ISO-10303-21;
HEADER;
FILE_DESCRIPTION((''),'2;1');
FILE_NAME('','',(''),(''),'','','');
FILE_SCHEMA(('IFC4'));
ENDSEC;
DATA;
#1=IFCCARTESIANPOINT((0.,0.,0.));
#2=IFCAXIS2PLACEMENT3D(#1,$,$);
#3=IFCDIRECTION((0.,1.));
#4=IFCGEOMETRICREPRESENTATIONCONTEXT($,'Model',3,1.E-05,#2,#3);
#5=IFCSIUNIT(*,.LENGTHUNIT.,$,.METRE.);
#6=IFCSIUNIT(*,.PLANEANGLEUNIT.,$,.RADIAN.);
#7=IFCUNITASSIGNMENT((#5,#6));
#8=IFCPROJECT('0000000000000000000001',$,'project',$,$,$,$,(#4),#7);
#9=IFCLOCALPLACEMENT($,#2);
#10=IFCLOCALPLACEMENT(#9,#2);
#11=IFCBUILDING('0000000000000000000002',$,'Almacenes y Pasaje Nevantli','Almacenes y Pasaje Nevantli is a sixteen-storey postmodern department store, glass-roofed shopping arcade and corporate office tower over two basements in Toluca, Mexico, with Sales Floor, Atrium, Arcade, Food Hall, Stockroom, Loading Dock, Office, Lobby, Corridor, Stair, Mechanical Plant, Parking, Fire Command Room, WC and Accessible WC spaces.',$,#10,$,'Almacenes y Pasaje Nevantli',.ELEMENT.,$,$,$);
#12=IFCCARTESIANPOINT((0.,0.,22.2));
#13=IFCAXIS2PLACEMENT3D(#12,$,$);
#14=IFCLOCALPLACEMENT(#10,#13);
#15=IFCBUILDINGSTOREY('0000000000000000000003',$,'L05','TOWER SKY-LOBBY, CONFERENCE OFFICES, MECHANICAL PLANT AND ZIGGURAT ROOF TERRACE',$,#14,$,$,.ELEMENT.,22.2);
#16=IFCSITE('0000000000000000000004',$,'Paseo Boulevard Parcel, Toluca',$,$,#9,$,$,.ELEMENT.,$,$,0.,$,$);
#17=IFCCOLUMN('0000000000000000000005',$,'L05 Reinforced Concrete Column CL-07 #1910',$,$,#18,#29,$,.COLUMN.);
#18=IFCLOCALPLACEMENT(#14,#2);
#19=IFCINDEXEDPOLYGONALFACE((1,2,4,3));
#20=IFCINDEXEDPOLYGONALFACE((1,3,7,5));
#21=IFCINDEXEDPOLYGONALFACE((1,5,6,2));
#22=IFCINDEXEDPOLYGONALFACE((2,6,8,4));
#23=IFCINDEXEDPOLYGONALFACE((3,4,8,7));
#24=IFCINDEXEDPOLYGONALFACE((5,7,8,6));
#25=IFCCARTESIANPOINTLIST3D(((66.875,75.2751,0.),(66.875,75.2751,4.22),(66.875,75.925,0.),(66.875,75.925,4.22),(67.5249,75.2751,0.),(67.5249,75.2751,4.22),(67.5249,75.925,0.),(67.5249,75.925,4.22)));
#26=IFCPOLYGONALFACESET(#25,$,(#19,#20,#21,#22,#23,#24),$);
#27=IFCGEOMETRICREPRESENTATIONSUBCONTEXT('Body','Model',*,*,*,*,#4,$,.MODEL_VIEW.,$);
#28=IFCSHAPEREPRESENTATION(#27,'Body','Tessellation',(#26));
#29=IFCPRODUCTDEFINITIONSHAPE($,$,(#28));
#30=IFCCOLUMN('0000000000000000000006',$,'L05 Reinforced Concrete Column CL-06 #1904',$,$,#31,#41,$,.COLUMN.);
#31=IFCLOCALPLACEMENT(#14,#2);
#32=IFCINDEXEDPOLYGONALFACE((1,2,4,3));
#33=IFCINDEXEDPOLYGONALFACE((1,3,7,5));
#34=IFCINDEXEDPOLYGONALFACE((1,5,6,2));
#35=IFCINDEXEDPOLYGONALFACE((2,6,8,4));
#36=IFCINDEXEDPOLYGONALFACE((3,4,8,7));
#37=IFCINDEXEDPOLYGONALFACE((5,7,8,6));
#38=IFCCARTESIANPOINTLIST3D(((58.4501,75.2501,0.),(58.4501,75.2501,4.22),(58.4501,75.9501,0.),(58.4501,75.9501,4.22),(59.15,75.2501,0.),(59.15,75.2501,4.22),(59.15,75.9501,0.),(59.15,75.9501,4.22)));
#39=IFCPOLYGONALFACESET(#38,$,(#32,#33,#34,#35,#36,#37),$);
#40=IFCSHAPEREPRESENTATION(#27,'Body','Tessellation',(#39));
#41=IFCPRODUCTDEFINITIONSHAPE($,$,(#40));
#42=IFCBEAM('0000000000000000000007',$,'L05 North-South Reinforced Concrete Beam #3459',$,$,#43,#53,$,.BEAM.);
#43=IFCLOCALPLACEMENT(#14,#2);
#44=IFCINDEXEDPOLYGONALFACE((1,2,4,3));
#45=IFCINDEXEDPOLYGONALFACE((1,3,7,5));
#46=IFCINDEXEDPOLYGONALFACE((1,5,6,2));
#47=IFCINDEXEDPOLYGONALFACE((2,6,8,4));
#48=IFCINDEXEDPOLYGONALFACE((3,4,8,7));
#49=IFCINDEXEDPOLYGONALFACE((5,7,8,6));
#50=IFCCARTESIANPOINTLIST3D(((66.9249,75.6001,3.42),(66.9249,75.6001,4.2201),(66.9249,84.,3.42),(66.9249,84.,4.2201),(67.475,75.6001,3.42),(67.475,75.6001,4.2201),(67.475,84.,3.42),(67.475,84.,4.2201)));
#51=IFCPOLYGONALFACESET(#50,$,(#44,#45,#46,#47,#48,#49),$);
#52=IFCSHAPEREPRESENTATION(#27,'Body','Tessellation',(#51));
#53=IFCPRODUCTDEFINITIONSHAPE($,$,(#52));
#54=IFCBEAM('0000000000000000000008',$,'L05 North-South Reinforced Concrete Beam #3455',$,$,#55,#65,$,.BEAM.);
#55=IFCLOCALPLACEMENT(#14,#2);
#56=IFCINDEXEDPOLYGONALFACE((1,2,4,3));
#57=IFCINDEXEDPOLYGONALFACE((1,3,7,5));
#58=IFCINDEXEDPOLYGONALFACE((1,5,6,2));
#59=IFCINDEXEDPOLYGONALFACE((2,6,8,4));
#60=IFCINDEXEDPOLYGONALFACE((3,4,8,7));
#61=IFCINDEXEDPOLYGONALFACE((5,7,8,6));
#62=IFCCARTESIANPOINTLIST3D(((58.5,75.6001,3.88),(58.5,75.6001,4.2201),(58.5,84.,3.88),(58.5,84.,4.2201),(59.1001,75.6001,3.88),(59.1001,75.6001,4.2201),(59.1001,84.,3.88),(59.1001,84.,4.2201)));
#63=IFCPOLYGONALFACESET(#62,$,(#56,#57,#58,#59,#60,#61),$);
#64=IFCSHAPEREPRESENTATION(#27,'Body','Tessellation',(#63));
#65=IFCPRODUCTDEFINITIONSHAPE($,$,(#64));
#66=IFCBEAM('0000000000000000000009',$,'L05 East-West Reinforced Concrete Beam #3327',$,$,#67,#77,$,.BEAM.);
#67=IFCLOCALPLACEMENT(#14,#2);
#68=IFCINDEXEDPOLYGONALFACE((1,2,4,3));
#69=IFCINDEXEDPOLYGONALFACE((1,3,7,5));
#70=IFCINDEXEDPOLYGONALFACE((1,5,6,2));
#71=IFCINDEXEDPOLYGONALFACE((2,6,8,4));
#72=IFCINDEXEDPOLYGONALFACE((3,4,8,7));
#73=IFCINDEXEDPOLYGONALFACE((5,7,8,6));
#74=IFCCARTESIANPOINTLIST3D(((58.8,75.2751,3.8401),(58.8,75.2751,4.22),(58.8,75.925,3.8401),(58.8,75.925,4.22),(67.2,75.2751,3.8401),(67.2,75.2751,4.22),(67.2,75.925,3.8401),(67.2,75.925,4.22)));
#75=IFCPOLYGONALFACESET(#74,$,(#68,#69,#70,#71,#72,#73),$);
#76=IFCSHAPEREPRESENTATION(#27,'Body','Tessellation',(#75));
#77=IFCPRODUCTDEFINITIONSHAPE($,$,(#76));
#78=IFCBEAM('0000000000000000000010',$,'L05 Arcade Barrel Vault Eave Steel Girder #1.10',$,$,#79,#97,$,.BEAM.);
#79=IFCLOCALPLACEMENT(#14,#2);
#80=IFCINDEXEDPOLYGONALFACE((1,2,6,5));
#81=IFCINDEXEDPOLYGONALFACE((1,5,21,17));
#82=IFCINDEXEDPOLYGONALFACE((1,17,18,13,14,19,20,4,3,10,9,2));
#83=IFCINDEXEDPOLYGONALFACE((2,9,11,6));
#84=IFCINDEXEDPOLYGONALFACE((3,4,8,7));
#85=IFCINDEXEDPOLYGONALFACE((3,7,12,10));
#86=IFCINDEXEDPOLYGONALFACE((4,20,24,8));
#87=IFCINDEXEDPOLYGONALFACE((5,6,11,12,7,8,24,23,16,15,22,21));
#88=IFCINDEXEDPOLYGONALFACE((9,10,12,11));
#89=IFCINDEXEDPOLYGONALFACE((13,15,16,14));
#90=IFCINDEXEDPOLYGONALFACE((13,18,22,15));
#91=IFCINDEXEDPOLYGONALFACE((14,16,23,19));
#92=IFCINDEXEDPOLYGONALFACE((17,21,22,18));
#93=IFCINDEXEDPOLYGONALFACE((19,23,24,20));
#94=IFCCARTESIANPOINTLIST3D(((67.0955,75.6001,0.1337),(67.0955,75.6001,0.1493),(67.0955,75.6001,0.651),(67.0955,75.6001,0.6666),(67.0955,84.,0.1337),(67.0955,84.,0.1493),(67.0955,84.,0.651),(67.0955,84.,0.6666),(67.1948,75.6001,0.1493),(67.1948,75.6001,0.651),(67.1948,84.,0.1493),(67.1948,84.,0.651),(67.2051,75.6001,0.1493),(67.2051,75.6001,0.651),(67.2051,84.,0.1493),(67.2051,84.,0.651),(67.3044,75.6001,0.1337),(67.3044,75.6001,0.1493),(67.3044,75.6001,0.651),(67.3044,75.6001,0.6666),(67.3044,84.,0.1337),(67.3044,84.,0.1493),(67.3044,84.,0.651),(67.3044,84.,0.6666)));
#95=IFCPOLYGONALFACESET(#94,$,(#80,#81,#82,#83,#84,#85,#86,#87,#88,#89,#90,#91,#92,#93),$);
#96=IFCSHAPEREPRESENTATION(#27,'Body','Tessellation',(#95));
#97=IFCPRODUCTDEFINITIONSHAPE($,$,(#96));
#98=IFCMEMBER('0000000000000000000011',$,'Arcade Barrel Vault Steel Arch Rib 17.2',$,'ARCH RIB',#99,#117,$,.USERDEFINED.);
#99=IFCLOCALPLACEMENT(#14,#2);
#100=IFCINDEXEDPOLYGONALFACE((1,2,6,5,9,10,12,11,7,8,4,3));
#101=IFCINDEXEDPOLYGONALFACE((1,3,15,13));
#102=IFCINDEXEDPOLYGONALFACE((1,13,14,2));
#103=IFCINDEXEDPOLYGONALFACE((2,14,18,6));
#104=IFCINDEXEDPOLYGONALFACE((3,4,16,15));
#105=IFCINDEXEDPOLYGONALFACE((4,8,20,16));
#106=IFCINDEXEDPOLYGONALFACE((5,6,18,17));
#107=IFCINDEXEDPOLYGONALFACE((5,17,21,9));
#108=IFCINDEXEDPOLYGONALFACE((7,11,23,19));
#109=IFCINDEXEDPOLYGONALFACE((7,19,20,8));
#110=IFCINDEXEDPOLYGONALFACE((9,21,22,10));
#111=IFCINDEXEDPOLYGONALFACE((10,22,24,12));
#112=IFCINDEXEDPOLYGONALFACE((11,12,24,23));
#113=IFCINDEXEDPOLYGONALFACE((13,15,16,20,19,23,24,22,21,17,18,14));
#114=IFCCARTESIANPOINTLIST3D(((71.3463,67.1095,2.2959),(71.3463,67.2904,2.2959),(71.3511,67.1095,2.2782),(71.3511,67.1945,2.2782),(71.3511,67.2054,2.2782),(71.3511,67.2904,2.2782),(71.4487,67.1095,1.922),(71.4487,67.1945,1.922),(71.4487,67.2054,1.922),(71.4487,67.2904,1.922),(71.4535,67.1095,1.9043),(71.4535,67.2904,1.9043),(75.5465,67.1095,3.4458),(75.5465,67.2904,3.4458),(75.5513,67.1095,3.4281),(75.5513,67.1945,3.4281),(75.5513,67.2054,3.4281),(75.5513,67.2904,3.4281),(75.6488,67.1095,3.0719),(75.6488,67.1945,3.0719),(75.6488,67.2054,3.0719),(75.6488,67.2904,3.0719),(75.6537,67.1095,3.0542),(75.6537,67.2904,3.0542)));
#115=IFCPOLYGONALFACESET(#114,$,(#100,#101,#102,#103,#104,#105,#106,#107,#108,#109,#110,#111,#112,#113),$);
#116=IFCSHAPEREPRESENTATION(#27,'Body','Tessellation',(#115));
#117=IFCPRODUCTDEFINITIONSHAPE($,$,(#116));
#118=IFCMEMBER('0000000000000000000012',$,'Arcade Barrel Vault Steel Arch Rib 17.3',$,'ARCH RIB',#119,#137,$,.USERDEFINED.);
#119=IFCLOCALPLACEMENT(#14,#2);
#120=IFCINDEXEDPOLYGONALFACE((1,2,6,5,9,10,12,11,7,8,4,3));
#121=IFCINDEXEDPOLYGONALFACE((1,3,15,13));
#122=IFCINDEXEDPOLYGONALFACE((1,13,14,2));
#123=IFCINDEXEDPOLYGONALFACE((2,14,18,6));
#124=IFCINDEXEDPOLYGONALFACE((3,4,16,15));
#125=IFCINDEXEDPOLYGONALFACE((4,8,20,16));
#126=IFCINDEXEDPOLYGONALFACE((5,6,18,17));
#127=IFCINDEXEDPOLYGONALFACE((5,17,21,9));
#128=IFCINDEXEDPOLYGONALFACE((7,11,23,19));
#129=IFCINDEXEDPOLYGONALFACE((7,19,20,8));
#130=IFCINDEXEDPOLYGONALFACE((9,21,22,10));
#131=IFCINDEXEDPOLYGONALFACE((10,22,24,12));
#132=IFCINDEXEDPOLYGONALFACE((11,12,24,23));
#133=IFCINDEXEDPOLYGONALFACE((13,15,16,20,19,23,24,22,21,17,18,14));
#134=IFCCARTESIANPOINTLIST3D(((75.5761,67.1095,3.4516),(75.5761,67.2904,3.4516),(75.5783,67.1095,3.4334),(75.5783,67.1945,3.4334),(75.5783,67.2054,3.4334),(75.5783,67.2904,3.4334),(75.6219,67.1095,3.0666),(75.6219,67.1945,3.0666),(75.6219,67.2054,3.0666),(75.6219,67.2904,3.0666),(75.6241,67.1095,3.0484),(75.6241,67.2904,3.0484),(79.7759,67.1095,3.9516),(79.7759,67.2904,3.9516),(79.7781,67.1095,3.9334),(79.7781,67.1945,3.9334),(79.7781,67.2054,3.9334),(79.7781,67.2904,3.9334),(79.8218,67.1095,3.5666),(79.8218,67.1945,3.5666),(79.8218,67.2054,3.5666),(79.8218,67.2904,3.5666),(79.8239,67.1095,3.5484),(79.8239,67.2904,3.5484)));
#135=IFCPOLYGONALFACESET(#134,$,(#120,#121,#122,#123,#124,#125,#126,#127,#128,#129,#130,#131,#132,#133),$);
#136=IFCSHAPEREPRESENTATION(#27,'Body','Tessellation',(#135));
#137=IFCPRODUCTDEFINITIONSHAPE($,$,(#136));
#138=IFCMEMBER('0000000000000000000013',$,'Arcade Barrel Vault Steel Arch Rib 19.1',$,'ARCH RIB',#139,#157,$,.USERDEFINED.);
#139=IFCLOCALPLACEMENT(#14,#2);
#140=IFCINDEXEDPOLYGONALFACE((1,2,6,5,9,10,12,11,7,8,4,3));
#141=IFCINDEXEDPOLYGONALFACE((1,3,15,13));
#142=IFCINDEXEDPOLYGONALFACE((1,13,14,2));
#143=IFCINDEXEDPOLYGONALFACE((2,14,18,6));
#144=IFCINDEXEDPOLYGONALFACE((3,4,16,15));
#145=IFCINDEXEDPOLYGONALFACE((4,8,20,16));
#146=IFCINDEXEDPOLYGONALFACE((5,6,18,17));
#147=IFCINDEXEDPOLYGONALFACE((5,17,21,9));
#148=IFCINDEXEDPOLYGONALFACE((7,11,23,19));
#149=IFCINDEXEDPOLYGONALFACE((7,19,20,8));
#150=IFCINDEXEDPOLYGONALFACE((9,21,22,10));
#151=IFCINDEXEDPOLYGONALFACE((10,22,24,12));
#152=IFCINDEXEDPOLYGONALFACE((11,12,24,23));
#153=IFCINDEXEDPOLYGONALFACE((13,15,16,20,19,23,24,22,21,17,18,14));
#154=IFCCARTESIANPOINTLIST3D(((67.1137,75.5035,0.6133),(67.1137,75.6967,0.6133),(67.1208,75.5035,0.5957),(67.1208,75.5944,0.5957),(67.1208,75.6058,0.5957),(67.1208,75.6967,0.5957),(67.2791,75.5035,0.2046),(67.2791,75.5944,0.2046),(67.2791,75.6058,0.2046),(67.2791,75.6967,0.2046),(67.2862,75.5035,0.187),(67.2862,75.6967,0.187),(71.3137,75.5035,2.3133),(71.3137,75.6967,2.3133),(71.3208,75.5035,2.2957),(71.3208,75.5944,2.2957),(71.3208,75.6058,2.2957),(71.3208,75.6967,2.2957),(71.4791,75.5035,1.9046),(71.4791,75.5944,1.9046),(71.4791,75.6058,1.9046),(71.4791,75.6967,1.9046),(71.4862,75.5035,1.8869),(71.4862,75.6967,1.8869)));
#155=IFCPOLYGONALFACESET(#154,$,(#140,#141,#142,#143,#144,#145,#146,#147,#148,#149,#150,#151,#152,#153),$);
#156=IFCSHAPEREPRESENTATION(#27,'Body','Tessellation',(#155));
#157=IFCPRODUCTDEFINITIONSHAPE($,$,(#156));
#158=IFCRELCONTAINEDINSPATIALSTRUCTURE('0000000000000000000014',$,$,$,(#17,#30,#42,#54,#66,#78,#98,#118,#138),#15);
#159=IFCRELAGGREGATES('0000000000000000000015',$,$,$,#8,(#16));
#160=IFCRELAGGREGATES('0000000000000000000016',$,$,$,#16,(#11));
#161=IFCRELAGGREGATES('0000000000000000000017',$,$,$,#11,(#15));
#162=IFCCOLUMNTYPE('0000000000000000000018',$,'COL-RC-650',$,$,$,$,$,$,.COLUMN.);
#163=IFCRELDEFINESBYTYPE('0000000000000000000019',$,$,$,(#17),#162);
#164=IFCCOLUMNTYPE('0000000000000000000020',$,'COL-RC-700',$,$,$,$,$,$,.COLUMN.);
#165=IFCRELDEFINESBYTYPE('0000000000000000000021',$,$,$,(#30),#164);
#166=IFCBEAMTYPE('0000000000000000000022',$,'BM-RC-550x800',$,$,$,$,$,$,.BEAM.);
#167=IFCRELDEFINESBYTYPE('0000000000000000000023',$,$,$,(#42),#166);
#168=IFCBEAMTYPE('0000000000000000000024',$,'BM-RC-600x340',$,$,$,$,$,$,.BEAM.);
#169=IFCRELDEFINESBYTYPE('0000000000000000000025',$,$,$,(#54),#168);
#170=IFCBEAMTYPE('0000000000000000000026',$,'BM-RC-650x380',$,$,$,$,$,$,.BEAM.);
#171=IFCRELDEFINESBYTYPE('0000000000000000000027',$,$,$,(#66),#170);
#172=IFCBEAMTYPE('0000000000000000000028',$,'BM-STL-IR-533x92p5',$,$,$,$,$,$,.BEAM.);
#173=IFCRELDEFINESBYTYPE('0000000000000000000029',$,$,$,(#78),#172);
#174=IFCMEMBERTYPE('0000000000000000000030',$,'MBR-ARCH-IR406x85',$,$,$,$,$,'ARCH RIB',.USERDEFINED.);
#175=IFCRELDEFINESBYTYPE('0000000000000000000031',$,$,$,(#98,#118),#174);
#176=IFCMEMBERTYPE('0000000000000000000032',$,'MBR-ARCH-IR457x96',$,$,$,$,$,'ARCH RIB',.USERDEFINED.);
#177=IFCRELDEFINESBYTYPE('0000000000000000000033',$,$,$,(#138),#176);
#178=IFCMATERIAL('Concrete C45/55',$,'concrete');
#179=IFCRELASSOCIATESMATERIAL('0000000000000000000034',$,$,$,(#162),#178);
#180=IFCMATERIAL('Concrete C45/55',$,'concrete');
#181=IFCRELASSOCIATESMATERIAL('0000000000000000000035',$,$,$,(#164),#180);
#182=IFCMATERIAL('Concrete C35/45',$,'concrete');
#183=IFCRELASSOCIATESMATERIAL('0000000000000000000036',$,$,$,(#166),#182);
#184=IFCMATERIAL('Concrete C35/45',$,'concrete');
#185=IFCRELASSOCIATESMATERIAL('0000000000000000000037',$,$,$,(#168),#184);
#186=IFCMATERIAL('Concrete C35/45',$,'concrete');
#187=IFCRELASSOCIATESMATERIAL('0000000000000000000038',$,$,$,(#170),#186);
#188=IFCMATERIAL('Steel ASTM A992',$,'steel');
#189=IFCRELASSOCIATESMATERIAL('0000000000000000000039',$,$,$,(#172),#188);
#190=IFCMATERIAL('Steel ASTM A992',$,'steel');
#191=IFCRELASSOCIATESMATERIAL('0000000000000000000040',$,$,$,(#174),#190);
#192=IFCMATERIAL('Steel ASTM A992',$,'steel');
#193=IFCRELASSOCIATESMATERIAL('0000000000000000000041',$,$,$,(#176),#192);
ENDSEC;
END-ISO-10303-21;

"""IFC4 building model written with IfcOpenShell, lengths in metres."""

from ifc_helpers import new_model, si_unit, direction, frame, origin, origin_2d, place, context, subcontext, project, spatial, rectangle, i_section, extrude, material, material_profile, profile_set, type_object, element, save


model = new_model("IFC4")

# Units and contexts
model_context = context("Model", 3, precision=1e-05, world=origin(), true_north=direction((0.0, 1.0)))
body_context = subcontext(model_context, "Body", "Model", "MODEL_VIEW")
ifc_project = project(units=[si_unit("LENGTHUNIT", "METRE"), si_unit("PLANEANGLEUNIT", "RADIAN")], contexts=[model_context])

# Site, building, storey
site_placement = place(None, origin())
site = spatial("IfcSite", under=ifc_project, at=site_placement, Name="Paseo Boulevard Parcel, Toluca", CompositionType="ELEMENT", RefElevation=0.0)
building_placement = place(site_placement, origin())
building = spatial("IfcBuilding", under=site, at=building_placement, Name="Almacenes y Pasaje Nevantli", Description="Almacenes y Pasaje Nevantli is a sixteen-storey postmodern department store, glass-roofed shopping arcade and corporate office tower over two basements in Toluca, Mexico, with Sales Floor, Atrium, Arcade, Food Hall, Stockroom, Loading Dock, Office, Lobby, Corridor, Stair, Mechanical Plant, Parking, Fire Command Room, WC and Accessible WC spaces.", LongName="Almacenes y Pasaje Nevantli", CompositionType="ELEMENT")
storey_placement = place(building_placement, frame((0.0, 0.0, 22.2)))
storey = spatial("IfcBuildingStorey", under=building, at=storey_placement, Name="L05", Description="TOWER SKY-LOBBY, CONFERENCE OFFICES, MECHANICAL PLANT AND ZIGGURAT ROOF TERRACE", CompositionType="ELEMENT", Elevation=22.2)

# Columns
ifc_material_1 = material(Name="Concrete C45/55", Category="concrete")
ifc_material_profile_1 = material_profile(ifc_material_1, rectangle(XDim=0.6499, YDim=0.6499, at=origin_2d()), Name="RC-COL-650x650")
ifc_profile_set_1 = profile_set([ifc_material_profile_1], Name="Concrete C45/55")
column_type_1 = type_object("IfcColumnType", Name="COL-RC-650", PredefinedType="COLUMN", material=ifc_profile_set_1)
column_1_placement = place(storey_placement, frame((67.2, 75.6001, 0.0), z_axis=(0.0, 0.0, 1.0), x_axis=(1.0, 0.0, 0.0)))
element("IfcColumn", 1, at=column_1_placement, inside=storey, type_object=column_type_1, Name="L05 Reinforced Concrete Column CL-07 #1910", PredefinedType="COLUMN", context=body_context, shape_type="SweptSolid", body=[
    extrude(rectangle(XDim=0.6499, YDim=0.6499, at=origin_2d()), origin(), (0.0, 0.0, 1.0), 4.22),
])
ifc_material_2 = material(Name="Concrete C45/55", Category="concrete")
ifc_material_profile_2 = material_profile(ifc_material_2, rectangle(XDim=0.7, YDim=0.7, at=origin_2d()), Name="RC-COL-700x700")
ifc_profile_set_2 = profile_set([ifc_material_profile_2], Name="Concrete C45/55")
column_type_2 = type_object("IfcColumnType", Name="COL-RC-700", PredefinedType="COLUMN", material=ifc_profile_set_2)
column_2_placement = place(storey_placement, frame((58.8, 75.6001, 0.0), z_axis=(0.0, 0.0, 1.0), x_axis=(1.0, 0.0, 0.0)))
element("IfcColumn", 2, at=column_2_placement, inside=storey, type_object=column_type_2, Name="L05 Reinforced Concrete Column CL-06 #1904", PredefinedType="COLUMN", context=body_context, shape_type="SweptSolid", body=[
    extrude(rectangle(XDim=0.7, YDim=0.7, at=origin_2d()), origin(), (0.0, 0.0, 1.0), 4.22),
])

# Beams
ifc_material_3 = material(Name="Concrete C35/45", Category="concrete")
ifc_material_profile_3 = material_profile(ifc_material_3, rectangle(XDim=0.55, YDim=0.8, at=origin_2d()), Name="RC-BM-550x800")
ifc_profile_set_3 = profile_set([ifc_material_profile_3], Name="Concrete C35/45")
beam_type_1 = type_object("IfcBeamType", Name="BM-RC-550x800", PredefinedType="BEAM", material=ifc_profile_set_3)
beam_1_placement = place(storey_placement, frame((67.2, 75.6001, 3.8201), z_axis=(0.0, 1.0, 0.0), x_axis=(-1.0, 0.0, 0.0)))
element("IfcBeam", 3, at=beam_1_placement, inside=storey, type_object=beam_type_1, Name="L05 North-South Reinforced Concrete Beam #3459", PredefinedType="BEAM", context=body_context, shape_type="SweptSolid", body=[
    extrude(rectangle(XDim=0.55, YDim=0.8, at=origin_2d()), origin(), (0.0, 0.0, 1.0), 8.3999),
])
ifc_material_4 = material(Name="Concrete C35/45", Category="concrete")
ifc_material_profile_4 = material_profile(ifc_material_4, rectangle(XDim=0.6001, YDim=0.3401, at=origin_2d()), Name="RC-BM-600x340")
ifc_profile_set_4 = profile_set([ifc_material_profile_4], Name="Concrete C35/45")
beam_type_2 = type_object("IfcBeamType", Name="BM-RC-600x340", PredefinedType="BEAM", material=ifc_profile_set_4)
beam_2_placement = place(storey_placement, frame((58.8, 75.6001, 4.05), z_axis=(0.0, 1.0, 0.0), x_axis=(-1.0, 0.0, 0.0)))
element("IfcBeam", 4, at=beam_2_placement, inside=storey, type_object=beam_type_2, Name="L05 North-South Reinforced Concrete Beam #3455", PredefinedType="BEAM", context=body_context, shape_type="SweptSolid", body=[
    extrude(rectangle(XDim=0.6001, YDim=0.3401, at=origin_2d()), origin(), (0.0, 0.0, 1.0), 8.3999),
])
ifc_material_5 = material(Name="Concrete C35/45", Category="concrete")
ifc_material_profile_5 = material_profile(ifc_material_5, rectangle(XDim=0.6499, YDim=0.3799, at=origin_2d()), Name="RC-BM-650x380")
ifc_profile_set_5 = profile_set([ifc_material_profile_5], Name="Concrete C35/45")
beam_type_3 = type_object("IfcBeamType", Name="BM-RC-650x380", PredefinedType="BEAM", material=ifc_profile_set_5)
beam_3_placement = place(storey_placement, frame((58.8, 75.6001, 4.03), z_axis=(1.0, 0.0, 0.0), x_axis=(0.0, 1.0, 0.0)))
element("IfcBeam", 5, at=beam_3_placement, inside=storey, type_object=beam_type_3, Name="L05 East-West Reinforced Concrete Beam #3327", PredefinedType="BEAM", context=body_context, shape_type="SweptSolid", body=[
    extrude(rectangle(XDim=0.6499, YDim=0.3799, at=origin_2d()), origin(), (0.0, 0.0, 1.0), 8.3999),
])
ifc_material_6 = material(Name="Steel ASTM A992", Category="steel")
ifc_material_profile_6 = material_profile(ifc_material_6, i_section(OverallWidth=0.209, OverallDepth=0.533, WebThickness=0.0103, FlangeThickness=0.0156, at=origin_2d()), Name="IR 533x92.5")
ifc_profile_set_6 = profile_set([ifc_material_profile_6], Name="Steel ASTM A992")
beam_type_4 = type_object("IfcBeamType", Name="BM-STL-IR-533x92p5", PredefinedType="BEAM", material=ifc_profile_set_6)
beam_4_placement = place(storey_placement, frame((67.2, 75.6001, 0.4001), z_axis=(0.0, 1.0, 0.0), x_axis=(-1.0, 0.0, 0.0)))
element("IfcBeam", 6, at=beam_4_placement, inside=storey, type_object=beam_type_4, Name="L05 Arcade Barrel Vault Eave Steel Girder #1.10", PredefinedType="BEAM", context=body_context, shape_type="SweptSolid", body=[
    extrude(i_section(OverallWidth=0.209, OverallDepth=0.533, WebThickness=0.0103, FlangeThickness=0.0156, at=origin_2d()), origin(), (0.0, 0.0, 1.0), 8.3999),
])

# Members
ifc_material_7 = material(Name="Steel ASTM A992", Category="steel")
ifc_material_profile_7 = material_profile(ifc_material_7, i_section(OverallWidth=0.1809, OverallDepth=0.406, WebThickness=0.011, FlangeThickness=0.0183, at=origin_2d()), Name="IR 406x85.0")
ifc_profile_set_7 = profile_set([ifc_material_profile_7], Name="Steel ASTM A992")
member_type_1 = type_object("IfcMemberType", Name="MBR-ARCH-IR406x85", ElementType="ARCH RIB", PredefinedType="USERDEFINED", material=ifc_profile_set_7)
member_1_placement = place(storey_placement, frame((71.3999, 67.2, 2.1001), z_axis=(0.964507, 0.0, 0.264057), x_axis=(0.0, 1.0, 0.0)))
element("IfcMember", 7, at=member_1_placement, inside=storey, type_object=member_type_1, Name="Arcade Barrel Vault Steel Arch Rib 17.2", ObjectType="ARCH RIB", PredefinedType="USERDEFINED", context=body_context, shape_type="SweptSolid", body=[
    extrude(i_section(OverallWidth=0.1809, OverallDepth=0.406, WebThickness=0.011, FlangeThickness=0.0183, at=origin_2d()), origin(), (0.0, 0.0, 1.0), 4.3547),
])
member_2_placement = place(storey_placement, frame((75.6001, 67.2, 3.25), z_axis=(0.992988, 0.0, 0.118214), x_axis=(0.0, 1.0, 0.0)))
element("IfcMember", 8, at=member_2_placement, inside=storey, type_object=member_type_1, Name="Arcade Barrel Vault Steel Arch Rib 17.3", ObjectType="ARCH RIB", PredefinedType="USERDEFINED", context=body_context, shape_type="SweptSolid", body=[
    extrude(i_section(OverallWidth=0.1809, OverallDepth=0.406, WebThickness=0.011, FlangeThickness=0.0183, at=origin_2d()), origin(), (0.0, 0.0, 1.0), 4.2295),
])
ifc_material_8 = material(Name="Steel ASTM A992", Category="steel")
ifc_material_profile_8 = material_profile(ifc_material_8, i_section(OverallWidth=0.1931, OverallDepth=0.46, WebThickness=0.0115, FlangeThickness=0.019, at=origin_2d()), Name="IR 457x96.7")
ifc_profile_set_8 = profile_set([ifc_material_profile_8], Name="Steel ASTM A992")
member_type_2 = type_object("IfcMemberType", Name="MBR-ARCH-IR457x96", ElementType="ARCH RIB", PredefinedType="USERDEFINED", material=ifc_profile_set_8)
member_3_placement = place(storey_placement, frame((67.2, 75.6001, 0.4001), z_axis=(0.926949, 0.0, 0.375187), x_axis=(0.0, 1.0, 0.0)))
element("IfcMember", 9, at=member_3_placement, inside=storey, type_object=member_type_2, Name="Arcade Barrel Vault Steel Arch Rib 19.1", ObjectType="ARCH RIB", PredefinedType="USERDEFINED", context=body_context, shape_type="SweptSolid", body=[
    extrude(i_section(OverallWidth=0.1931, OverallDepth=0.46, WebThickness=0.0115, FlangeThickness=0.019, at=origin_2d()), origin(), (0.0, 0.0, 1.0), 4.531),
])

save(model, "model.ifc")
